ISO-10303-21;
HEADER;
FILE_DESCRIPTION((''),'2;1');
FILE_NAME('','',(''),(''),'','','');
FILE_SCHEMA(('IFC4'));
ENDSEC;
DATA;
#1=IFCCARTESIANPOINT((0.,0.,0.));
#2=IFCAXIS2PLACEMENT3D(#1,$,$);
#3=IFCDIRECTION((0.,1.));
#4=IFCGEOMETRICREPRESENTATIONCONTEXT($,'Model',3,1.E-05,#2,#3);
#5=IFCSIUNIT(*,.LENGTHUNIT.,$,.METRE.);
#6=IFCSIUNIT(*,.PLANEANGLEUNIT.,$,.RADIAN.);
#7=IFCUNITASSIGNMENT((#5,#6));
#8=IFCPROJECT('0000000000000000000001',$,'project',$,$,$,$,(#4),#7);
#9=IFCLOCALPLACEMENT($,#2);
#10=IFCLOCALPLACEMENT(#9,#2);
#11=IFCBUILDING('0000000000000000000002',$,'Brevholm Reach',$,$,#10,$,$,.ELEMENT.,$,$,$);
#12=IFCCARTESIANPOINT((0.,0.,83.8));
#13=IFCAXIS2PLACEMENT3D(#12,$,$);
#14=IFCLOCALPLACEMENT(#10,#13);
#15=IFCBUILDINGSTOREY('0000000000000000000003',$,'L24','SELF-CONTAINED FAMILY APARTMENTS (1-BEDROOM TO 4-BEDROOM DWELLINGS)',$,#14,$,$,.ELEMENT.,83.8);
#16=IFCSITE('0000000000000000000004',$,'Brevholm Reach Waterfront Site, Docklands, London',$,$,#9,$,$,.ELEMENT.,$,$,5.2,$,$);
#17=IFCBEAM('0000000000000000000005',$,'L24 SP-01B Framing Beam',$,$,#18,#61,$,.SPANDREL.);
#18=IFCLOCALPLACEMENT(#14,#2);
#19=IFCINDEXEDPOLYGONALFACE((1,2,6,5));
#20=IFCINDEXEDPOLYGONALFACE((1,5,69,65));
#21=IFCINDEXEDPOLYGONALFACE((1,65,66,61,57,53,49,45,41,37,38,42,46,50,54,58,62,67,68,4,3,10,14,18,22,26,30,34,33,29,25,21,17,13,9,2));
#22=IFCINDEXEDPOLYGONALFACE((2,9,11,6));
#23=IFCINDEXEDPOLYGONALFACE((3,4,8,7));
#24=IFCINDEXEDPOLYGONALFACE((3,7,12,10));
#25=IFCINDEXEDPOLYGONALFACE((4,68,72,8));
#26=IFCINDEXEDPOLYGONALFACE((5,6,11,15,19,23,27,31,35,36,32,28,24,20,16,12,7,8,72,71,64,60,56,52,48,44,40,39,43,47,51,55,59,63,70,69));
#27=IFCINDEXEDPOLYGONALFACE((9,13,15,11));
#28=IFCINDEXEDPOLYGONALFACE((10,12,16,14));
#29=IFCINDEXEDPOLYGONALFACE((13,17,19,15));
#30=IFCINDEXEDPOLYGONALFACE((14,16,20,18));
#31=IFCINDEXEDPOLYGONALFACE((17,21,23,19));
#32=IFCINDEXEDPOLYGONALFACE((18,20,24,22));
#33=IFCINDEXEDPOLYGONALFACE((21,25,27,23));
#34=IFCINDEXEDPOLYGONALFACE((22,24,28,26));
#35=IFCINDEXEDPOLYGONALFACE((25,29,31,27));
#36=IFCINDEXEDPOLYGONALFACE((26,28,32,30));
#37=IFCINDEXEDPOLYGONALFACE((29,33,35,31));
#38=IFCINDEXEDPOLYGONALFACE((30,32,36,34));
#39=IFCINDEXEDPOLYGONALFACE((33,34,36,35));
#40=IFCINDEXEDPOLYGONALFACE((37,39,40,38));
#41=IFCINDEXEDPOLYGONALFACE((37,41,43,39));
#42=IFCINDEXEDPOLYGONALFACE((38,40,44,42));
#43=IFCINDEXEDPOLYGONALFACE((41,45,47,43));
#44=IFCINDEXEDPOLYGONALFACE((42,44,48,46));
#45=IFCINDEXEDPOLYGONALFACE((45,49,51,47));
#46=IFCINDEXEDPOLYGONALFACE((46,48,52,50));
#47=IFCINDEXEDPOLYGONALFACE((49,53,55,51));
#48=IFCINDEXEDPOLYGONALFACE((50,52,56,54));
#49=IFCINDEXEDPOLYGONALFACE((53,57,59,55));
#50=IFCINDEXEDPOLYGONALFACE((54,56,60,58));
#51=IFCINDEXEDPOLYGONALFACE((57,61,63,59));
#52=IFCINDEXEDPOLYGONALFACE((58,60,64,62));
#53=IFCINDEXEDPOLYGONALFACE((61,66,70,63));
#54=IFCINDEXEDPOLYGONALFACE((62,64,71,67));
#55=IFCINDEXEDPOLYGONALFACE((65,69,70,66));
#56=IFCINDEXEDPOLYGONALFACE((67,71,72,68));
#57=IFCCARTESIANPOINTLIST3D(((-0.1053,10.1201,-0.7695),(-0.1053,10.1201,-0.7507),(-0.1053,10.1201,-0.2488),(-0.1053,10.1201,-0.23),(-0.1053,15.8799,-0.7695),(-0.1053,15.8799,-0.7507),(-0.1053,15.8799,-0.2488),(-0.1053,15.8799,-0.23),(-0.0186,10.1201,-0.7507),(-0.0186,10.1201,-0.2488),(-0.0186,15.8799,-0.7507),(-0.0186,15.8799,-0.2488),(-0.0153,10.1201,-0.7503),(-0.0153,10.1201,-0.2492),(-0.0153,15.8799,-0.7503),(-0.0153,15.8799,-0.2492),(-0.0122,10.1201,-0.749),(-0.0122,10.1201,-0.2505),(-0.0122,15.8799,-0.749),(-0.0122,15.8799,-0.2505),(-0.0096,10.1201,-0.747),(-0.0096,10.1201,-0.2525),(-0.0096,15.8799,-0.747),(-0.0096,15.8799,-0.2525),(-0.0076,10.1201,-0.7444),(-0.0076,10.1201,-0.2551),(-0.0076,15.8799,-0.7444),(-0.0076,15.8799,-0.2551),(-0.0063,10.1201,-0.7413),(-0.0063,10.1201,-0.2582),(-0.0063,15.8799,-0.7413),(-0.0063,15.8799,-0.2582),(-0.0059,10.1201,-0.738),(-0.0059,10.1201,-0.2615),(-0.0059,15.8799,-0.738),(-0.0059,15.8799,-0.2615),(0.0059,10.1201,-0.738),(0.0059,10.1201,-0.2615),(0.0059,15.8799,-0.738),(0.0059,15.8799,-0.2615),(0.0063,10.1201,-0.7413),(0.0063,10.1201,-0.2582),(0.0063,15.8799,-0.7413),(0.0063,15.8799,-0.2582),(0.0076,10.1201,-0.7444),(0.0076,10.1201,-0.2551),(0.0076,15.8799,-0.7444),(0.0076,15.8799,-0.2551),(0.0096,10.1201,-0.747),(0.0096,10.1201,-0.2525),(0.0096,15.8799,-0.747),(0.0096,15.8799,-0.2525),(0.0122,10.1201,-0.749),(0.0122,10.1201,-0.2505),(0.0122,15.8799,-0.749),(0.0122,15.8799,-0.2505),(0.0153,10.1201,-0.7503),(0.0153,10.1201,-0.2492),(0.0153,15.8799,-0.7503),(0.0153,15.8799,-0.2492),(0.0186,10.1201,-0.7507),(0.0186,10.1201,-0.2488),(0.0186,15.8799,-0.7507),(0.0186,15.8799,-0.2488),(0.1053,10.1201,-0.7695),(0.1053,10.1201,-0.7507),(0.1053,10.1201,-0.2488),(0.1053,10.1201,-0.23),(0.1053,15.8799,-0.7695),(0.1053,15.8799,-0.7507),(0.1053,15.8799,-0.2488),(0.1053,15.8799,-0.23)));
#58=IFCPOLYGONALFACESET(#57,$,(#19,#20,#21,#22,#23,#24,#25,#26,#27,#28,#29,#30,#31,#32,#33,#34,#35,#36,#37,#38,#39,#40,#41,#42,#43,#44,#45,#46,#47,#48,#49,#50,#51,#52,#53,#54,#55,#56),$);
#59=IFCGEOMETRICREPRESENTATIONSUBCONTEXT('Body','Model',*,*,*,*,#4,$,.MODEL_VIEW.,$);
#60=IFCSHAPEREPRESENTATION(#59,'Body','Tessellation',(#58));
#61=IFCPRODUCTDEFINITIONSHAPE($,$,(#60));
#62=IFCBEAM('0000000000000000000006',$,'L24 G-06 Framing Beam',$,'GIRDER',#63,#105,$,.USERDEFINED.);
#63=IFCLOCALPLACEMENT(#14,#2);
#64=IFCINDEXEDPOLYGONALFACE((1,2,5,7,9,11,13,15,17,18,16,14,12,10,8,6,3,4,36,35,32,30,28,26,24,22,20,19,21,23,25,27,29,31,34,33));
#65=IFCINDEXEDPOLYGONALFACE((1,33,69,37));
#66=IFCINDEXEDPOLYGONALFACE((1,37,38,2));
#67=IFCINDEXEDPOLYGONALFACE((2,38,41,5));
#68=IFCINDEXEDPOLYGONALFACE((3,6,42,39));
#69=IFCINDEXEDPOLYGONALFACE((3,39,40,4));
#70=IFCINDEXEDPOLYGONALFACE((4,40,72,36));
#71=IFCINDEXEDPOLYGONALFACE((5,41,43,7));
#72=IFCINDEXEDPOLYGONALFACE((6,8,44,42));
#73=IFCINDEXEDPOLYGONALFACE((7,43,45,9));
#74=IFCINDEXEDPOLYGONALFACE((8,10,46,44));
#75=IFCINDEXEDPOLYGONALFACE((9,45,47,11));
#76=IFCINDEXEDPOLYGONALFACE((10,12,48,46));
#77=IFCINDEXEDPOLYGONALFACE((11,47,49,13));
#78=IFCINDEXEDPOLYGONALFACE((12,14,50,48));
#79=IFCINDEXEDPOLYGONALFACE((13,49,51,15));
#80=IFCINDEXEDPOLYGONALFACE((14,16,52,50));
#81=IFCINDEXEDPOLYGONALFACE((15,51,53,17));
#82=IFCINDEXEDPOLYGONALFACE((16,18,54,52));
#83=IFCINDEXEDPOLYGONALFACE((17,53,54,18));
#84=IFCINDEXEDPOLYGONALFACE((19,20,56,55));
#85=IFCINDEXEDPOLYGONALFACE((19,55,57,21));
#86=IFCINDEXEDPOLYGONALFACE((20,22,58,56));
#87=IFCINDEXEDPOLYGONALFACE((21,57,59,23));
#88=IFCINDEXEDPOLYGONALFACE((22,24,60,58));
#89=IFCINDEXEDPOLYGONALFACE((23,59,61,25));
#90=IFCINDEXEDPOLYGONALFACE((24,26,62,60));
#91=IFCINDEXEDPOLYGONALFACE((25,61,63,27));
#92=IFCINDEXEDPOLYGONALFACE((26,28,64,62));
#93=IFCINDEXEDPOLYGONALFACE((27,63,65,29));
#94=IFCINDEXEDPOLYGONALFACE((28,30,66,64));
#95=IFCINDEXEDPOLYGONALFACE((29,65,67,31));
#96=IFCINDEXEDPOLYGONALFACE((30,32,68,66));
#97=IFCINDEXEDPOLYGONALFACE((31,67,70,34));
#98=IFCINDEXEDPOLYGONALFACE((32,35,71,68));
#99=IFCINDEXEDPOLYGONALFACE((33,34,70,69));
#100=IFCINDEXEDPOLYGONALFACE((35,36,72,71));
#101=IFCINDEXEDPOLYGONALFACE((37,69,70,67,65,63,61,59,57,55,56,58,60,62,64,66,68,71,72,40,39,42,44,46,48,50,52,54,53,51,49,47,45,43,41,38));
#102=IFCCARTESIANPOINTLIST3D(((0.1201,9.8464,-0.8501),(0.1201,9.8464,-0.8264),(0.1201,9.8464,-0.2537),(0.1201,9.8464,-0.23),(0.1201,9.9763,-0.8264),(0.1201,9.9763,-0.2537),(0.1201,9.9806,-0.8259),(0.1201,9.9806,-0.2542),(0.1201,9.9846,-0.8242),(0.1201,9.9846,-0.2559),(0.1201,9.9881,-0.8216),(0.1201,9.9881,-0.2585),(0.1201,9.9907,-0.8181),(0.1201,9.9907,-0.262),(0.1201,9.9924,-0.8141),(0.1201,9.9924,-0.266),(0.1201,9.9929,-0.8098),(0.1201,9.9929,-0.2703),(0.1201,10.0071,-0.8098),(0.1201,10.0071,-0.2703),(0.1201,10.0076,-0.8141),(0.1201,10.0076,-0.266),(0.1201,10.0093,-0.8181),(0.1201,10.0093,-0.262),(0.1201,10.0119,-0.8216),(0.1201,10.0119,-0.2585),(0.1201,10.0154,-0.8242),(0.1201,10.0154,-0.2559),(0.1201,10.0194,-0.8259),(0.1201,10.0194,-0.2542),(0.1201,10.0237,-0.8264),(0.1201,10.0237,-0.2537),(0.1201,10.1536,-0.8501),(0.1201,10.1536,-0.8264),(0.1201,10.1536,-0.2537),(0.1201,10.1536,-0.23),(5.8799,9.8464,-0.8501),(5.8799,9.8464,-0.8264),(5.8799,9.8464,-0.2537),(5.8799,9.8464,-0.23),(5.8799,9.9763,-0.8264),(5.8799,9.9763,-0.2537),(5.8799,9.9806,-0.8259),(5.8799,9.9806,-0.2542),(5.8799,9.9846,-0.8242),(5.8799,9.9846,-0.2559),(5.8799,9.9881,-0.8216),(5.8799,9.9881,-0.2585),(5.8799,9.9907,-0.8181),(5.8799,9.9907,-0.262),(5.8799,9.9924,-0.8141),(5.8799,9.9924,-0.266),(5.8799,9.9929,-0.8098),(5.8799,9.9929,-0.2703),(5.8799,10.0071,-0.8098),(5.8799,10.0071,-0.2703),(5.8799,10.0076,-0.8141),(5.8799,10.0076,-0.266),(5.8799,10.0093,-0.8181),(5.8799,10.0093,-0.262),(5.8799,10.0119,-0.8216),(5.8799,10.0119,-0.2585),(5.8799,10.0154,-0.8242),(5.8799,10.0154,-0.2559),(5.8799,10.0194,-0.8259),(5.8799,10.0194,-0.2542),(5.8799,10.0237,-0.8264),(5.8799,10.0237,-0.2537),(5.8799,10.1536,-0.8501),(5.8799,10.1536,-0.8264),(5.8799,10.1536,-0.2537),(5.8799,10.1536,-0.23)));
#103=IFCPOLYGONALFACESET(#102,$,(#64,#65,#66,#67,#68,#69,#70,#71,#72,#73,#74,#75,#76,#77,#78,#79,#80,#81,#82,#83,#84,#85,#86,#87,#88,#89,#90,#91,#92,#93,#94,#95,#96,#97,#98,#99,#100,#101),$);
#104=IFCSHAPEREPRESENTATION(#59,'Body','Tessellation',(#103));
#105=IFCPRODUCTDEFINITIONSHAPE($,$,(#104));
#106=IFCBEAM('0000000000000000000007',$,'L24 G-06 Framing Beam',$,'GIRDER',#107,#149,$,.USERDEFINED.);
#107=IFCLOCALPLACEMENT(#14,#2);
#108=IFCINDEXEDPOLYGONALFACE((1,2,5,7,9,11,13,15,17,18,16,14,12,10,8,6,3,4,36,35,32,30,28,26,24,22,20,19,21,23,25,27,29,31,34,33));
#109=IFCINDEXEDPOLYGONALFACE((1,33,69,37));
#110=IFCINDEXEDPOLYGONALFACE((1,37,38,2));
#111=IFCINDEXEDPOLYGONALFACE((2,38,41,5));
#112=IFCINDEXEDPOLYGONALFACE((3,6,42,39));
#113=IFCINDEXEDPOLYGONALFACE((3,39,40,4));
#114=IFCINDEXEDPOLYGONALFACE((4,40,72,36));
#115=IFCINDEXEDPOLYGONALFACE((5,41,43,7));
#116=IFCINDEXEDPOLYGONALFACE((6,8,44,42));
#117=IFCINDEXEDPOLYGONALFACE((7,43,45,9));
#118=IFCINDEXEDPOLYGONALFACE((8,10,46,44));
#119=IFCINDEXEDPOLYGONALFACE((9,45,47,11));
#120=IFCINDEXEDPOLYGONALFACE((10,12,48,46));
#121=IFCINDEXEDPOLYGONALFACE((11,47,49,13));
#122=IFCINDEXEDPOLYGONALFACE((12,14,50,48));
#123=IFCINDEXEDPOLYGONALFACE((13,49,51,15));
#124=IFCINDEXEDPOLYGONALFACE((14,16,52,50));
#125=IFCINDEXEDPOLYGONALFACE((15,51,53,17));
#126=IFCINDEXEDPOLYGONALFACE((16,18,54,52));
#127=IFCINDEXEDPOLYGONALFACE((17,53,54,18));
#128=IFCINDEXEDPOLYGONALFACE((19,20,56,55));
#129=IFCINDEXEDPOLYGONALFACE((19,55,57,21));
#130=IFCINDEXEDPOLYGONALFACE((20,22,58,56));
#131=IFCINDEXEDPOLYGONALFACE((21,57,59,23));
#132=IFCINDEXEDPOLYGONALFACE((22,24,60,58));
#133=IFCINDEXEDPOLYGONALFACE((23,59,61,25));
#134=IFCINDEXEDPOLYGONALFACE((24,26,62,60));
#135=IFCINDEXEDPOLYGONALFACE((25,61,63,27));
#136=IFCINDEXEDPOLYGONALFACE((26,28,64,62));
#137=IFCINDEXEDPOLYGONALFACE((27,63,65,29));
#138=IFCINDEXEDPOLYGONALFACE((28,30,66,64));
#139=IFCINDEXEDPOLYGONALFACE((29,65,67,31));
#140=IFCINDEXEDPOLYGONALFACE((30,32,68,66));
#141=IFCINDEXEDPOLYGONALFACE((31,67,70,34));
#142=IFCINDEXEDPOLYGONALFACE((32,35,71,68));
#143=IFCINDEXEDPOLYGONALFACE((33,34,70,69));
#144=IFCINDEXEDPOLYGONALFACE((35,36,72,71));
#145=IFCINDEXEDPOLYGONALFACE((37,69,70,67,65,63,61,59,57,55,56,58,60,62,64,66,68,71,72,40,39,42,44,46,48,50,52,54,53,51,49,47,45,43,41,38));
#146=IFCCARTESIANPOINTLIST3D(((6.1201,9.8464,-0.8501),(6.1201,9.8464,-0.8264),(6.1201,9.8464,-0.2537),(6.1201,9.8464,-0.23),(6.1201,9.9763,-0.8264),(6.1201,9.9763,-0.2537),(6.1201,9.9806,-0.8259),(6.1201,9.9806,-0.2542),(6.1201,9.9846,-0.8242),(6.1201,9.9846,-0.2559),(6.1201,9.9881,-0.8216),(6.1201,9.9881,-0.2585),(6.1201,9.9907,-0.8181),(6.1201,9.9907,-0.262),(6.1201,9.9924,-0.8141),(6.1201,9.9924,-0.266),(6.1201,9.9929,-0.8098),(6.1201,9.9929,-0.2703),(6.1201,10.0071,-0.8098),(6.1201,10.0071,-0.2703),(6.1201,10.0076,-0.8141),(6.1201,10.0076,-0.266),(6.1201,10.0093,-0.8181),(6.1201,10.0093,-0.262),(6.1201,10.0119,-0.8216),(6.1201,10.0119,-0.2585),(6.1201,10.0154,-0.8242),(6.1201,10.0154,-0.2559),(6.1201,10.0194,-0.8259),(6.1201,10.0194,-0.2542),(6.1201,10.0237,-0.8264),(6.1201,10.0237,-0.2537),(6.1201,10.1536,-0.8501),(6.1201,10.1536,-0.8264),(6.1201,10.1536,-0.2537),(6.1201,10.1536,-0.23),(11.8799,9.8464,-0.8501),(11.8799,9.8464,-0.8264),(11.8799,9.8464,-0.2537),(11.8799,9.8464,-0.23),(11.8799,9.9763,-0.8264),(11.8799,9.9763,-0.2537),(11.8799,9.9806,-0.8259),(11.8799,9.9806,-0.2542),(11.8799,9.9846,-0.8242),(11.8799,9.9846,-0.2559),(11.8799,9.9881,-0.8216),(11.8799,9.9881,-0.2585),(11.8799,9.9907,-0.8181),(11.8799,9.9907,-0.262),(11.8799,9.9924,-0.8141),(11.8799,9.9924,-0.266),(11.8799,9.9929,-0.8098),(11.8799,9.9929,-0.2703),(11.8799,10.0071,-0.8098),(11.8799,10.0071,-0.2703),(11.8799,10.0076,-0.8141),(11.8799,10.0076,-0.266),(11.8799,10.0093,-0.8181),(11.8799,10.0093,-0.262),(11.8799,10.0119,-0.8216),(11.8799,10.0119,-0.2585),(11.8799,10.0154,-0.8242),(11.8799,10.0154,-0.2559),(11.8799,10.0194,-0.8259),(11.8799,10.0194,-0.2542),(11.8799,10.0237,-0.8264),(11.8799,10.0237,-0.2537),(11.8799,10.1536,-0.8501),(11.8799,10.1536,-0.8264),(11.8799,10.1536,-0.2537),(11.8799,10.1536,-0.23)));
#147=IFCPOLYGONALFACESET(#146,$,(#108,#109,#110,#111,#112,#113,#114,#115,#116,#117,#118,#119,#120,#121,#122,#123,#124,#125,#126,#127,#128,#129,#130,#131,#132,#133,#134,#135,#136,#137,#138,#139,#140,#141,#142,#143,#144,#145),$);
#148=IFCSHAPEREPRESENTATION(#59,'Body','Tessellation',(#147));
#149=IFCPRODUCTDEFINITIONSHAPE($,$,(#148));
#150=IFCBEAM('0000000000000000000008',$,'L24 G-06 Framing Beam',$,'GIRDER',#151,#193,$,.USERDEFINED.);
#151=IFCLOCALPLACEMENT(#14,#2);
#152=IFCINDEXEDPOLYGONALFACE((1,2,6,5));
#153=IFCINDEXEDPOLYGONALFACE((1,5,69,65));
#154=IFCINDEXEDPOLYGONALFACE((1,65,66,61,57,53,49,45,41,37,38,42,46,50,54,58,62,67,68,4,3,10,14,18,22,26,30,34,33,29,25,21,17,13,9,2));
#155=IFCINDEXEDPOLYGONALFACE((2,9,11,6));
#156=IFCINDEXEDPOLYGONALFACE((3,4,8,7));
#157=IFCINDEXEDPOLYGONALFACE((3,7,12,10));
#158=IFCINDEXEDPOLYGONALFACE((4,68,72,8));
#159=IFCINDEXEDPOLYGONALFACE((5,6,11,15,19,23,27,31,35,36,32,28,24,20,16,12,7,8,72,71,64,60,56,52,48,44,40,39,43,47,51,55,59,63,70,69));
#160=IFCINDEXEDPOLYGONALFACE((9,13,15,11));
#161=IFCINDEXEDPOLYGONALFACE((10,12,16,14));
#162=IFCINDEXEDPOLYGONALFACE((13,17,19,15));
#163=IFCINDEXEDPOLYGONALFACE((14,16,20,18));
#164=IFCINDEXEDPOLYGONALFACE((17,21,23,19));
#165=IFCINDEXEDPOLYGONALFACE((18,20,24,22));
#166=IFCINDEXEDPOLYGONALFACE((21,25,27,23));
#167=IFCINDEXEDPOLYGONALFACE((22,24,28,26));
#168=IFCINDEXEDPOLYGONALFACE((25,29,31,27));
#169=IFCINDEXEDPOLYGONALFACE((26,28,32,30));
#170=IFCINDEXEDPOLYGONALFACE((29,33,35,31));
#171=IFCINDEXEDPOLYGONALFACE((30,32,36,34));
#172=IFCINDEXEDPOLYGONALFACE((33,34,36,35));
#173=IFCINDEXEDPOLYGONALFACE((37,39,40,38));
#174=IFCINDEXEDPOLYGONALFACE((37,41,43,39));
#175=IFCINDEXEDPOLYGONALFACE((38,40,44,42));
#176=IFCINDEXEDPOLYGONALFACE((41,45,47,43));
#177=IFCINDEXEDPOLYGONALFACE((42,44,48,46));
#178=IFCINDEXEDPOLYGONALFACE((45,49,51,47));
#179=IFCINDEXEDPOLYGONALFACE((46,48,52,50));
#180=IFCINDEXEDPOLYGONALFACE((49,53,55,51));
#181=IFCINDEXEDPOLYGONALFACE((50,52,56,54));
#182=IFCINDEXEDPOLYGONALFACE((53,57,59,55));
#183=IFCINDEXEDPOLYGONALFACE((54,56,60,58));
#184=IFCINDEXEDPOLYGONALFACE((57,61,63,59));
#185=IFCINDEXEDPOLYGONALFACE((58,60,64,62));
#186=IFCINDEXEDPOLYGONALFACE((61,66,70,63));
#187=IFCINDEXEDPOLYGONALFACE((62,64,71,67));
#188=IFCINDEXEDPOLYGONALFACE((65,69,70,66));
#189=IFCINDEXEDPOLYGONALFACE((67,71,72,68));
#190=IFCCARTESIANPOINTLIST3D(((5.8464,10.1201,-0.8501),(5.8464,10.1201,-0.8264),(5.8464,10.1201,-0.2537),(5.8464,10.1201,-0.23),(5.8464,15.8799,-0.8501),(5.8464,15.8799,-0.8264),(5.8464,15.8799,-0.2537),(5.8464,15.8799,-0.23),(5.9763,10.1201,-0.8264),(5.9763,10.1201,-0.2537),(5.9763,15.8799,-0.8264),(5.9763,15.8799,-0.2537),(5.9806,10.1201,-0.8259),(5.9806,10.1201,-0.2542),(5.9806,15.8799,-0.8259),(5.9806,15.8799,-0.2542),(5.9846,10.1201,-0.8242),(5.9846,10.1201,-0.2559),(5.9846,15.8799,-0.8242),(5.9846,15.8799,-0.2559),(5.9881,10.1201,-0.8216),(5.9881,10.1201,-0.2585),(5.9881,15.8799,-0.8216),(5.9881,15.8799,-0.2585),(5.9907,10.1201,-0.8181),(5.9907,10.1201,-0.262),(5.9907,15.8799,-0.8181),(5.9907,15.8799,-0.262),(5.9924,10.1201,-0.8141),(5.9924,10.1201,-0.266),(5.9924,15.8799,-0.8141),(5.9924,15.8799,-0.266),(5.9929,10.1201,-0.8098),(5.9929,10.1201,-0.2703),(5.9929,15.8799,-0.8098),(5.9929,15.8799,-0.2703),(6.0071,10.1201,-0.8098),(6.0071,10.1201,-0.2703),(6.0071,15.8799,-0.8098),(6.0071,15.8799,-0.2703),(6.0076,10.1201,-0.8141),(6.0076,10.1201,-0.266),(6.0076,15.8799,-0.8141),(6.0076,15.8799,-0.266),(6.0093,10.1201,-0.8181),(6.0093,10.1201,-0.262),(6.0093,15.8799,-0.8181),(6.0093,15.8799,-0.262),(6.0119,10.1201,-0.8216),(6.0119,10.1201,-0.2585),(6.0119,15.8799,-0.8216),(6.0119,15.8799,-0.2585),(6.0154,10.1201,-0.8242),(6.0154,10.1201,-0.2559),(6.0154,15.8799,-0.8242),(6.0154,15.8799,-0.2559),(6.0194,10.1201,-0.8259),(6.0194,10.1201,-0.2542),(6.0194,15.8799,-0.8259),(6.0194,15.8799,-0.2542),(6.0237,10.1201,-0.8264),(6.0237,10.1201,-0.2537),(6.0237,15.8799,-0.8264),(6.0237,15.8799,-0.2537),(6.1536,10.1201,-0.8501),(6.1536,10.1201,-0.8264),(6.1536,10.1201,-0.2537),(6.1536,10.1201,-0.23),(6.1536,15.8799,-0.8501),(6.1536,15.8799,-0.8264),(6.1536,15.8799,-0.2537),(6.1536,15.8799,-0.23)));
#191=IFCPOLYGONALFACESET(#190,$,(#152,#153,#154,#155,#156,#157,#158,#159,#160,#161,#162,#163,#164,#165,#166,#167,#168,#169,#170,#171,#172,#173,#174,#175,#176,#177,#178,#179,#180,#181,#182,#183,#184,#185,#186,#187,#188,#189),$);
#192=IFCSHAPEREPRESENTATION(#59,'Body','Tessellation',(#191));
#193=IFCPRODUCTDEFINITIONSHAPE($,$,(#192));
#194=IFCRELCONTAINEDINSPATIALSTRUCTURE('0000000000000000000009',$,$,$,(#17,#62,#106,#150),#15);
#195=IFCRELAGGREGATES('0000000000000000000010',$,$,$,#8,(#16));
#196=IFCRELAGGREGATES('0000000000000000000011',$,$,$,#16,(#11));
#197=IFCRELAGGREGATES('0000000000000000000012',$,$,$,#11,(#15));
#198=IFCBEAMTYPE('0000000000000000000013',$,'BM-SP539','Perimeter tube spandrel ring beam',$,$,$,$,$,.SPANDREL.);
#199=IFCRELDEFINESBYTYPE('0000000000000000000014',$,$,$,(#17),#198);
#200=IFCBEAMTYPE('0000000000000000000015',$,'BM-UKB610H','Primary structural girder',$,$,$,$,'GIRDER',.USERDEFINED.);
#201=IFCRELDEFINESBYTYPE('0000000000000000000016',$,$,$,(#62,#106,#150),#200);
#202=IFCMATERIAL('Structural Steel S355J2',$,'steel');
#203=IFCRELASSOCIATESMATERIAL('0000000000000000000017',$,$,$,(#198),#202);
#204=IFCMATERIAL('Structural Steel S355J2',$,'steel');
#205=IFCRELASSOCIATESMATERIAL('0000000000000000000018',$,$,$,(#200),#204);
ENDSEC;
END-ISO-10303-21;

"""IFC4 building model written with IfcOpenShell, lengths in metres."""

from ifc_helpers import new_model, si_unit, direction, frame, origin, origin_2d, place, context, subcontext, project, spatial, i_section, extrude, material, material_profile, profile_set, type_object, element, save


model = new_model("IFC4")

# Units and contexts
model_context = context("Model", 3, precision=1e-05, world=origin(), true_north=direction((0.0, 1.0)))
body_context = subcontext(model_context, "Body", "Model", "MODEL_VIEW")
ifc_project = project(units=[si_unit("LENGTHUNIT", "METRE"), si_unit("PLANEANGLEUNIT", "RADIAN")], contexts=[model_context])

# Site, building, storey
site_placement = place(None, origin())
site = spatial("IfcSite", under=ifc_project, at=site_placement, Name="Brevholm Reach Waterfront Site, Docklands, London", CompositionType="ELEMENT", RefElevation=5.2)
building_placement = place(site_placement, origin())
building = spatial("IfcBuilding", under=site, at=building_placement, Name="Brevholm Reach", CompositionType="ELEMENT")
storey_placement = place(building_placement, frame((0.0, 0.0, 83.8)))
storey = spatial("IfcBuildingStorey", under=building, at=storey_placement, Name="L24", Description="SELF-CONTAINED FAMILY APARTMENTS (1-BEDROOM TO 4-BEDROOM DWELLINGS)", CompositionType="ELEMENT", Elevation=83.8)

# Beams
ifc_material_1 = material(Name="Structural Steel S355J2", Category="steel")
ifc_material_profile_1 = material_profile(ifc_material_1, i_section(OverallWidth=0.2107, OverallDepth=0.5396, WebThickness=0.0117, FlangeThickness=0.0188, FilletRadius=0.0127, at=origin_2d()), Name="UKB 533x210x109")
ifc_profile_set_1 = profile_set([ifc_material_profile_1], Name="Structural Steel S355J2")
beam_type_1 = type_object("IfcBeamType", Name="BM-SP539", Description="Perimeter tube spandrel ring beam", PredefinedType="SPANDREL", material=ifc_profile_set_1)
beam_placement = place(storey_placement, frame((0.0, 10.1201, -0.4998), z_axis=(0.0, 1.0, 0.0), x_axis=(-1.0, 0.0, 0.0)))
element("IfcBeam", 1, at=beam_placement, inside=storey, type_object=beam_type_1, Name="L24 SP-01B Framing Beam", PredefinedType="SPANDREL", context=body_context, shape_type="SweptSolid", body=[
    extrude(i_section(OverallWidth=0.2107, OverallDepth=0.5396, WebThickness=0.0117, FlangeThickness=0.0188, FilletRadius=0.0127, at=origin_2d()), origin(), (0.0, 0.0, 1.0), 5.7598),
])
ifc_material_2 = material(Name="Structural Steel S355J2", Category="steel")
ifc_material_profile_2 = material_profile(ifc_material_2, i_section(OverallWidth=0.3071, OverallDepth=0.6201, WebThickness=0.0142, FlangeThickness=0.0237, FilletRadius=0.0166, at=origin_2d()), Name="UKB 610x305x179")
ifc_profile_set_2 = profile_set([ifc_material_profile_2], Name="Structural Steel S355J2")
beam_type_2 = type_object("IfcBeamType", Name="BM-UKB610H", Description="Primary structural girder", ElementType="GIRDER", PredefinedType="USERDEFINED", material=ifc_profile_set_2)
for number, where, z_axis, x_axis, name in (
    (2, (0.1201, 10.0, -0.54), (1.0, 0.0, 0.0), (0.0, 1.0, 0.0), "L24 G-06 Framing Beam"),
    (3, (6.1201, 10.0, -0.54), (1.0, 0.0, 0.0), (0.0, 1.0, 0.0), "L24 G-06 Framing Beam"),
    (4, (6.0, 10.1201, -0.54), (0.0, 1.0, 0.0), (-1.0, 0.0, 0.0), "L24 G-06 Framing Beam"),
):
    element("IfcBeam", number, at=place(storey_placement, frame(where, z_axis=z_axis, x_axis=x_axis)), inside=storey, type_object=beam_type_2, Name=name, ObjectType="GIRDER", PredefinedType="USERDEFINED", context=body_context, shape_type="SweptSolid", body=[
        extrude(i_section(OverallWidth=0.3071, OverallDepth=0.6201, WebThickness=0.0142, FlangeThickness=0.0237, FilletRadius=0.0166, at=origin_2d()), origin(), (0.0, 0.0, 1.0), 5.7598),
    ])

save(model, "model.ifc")
